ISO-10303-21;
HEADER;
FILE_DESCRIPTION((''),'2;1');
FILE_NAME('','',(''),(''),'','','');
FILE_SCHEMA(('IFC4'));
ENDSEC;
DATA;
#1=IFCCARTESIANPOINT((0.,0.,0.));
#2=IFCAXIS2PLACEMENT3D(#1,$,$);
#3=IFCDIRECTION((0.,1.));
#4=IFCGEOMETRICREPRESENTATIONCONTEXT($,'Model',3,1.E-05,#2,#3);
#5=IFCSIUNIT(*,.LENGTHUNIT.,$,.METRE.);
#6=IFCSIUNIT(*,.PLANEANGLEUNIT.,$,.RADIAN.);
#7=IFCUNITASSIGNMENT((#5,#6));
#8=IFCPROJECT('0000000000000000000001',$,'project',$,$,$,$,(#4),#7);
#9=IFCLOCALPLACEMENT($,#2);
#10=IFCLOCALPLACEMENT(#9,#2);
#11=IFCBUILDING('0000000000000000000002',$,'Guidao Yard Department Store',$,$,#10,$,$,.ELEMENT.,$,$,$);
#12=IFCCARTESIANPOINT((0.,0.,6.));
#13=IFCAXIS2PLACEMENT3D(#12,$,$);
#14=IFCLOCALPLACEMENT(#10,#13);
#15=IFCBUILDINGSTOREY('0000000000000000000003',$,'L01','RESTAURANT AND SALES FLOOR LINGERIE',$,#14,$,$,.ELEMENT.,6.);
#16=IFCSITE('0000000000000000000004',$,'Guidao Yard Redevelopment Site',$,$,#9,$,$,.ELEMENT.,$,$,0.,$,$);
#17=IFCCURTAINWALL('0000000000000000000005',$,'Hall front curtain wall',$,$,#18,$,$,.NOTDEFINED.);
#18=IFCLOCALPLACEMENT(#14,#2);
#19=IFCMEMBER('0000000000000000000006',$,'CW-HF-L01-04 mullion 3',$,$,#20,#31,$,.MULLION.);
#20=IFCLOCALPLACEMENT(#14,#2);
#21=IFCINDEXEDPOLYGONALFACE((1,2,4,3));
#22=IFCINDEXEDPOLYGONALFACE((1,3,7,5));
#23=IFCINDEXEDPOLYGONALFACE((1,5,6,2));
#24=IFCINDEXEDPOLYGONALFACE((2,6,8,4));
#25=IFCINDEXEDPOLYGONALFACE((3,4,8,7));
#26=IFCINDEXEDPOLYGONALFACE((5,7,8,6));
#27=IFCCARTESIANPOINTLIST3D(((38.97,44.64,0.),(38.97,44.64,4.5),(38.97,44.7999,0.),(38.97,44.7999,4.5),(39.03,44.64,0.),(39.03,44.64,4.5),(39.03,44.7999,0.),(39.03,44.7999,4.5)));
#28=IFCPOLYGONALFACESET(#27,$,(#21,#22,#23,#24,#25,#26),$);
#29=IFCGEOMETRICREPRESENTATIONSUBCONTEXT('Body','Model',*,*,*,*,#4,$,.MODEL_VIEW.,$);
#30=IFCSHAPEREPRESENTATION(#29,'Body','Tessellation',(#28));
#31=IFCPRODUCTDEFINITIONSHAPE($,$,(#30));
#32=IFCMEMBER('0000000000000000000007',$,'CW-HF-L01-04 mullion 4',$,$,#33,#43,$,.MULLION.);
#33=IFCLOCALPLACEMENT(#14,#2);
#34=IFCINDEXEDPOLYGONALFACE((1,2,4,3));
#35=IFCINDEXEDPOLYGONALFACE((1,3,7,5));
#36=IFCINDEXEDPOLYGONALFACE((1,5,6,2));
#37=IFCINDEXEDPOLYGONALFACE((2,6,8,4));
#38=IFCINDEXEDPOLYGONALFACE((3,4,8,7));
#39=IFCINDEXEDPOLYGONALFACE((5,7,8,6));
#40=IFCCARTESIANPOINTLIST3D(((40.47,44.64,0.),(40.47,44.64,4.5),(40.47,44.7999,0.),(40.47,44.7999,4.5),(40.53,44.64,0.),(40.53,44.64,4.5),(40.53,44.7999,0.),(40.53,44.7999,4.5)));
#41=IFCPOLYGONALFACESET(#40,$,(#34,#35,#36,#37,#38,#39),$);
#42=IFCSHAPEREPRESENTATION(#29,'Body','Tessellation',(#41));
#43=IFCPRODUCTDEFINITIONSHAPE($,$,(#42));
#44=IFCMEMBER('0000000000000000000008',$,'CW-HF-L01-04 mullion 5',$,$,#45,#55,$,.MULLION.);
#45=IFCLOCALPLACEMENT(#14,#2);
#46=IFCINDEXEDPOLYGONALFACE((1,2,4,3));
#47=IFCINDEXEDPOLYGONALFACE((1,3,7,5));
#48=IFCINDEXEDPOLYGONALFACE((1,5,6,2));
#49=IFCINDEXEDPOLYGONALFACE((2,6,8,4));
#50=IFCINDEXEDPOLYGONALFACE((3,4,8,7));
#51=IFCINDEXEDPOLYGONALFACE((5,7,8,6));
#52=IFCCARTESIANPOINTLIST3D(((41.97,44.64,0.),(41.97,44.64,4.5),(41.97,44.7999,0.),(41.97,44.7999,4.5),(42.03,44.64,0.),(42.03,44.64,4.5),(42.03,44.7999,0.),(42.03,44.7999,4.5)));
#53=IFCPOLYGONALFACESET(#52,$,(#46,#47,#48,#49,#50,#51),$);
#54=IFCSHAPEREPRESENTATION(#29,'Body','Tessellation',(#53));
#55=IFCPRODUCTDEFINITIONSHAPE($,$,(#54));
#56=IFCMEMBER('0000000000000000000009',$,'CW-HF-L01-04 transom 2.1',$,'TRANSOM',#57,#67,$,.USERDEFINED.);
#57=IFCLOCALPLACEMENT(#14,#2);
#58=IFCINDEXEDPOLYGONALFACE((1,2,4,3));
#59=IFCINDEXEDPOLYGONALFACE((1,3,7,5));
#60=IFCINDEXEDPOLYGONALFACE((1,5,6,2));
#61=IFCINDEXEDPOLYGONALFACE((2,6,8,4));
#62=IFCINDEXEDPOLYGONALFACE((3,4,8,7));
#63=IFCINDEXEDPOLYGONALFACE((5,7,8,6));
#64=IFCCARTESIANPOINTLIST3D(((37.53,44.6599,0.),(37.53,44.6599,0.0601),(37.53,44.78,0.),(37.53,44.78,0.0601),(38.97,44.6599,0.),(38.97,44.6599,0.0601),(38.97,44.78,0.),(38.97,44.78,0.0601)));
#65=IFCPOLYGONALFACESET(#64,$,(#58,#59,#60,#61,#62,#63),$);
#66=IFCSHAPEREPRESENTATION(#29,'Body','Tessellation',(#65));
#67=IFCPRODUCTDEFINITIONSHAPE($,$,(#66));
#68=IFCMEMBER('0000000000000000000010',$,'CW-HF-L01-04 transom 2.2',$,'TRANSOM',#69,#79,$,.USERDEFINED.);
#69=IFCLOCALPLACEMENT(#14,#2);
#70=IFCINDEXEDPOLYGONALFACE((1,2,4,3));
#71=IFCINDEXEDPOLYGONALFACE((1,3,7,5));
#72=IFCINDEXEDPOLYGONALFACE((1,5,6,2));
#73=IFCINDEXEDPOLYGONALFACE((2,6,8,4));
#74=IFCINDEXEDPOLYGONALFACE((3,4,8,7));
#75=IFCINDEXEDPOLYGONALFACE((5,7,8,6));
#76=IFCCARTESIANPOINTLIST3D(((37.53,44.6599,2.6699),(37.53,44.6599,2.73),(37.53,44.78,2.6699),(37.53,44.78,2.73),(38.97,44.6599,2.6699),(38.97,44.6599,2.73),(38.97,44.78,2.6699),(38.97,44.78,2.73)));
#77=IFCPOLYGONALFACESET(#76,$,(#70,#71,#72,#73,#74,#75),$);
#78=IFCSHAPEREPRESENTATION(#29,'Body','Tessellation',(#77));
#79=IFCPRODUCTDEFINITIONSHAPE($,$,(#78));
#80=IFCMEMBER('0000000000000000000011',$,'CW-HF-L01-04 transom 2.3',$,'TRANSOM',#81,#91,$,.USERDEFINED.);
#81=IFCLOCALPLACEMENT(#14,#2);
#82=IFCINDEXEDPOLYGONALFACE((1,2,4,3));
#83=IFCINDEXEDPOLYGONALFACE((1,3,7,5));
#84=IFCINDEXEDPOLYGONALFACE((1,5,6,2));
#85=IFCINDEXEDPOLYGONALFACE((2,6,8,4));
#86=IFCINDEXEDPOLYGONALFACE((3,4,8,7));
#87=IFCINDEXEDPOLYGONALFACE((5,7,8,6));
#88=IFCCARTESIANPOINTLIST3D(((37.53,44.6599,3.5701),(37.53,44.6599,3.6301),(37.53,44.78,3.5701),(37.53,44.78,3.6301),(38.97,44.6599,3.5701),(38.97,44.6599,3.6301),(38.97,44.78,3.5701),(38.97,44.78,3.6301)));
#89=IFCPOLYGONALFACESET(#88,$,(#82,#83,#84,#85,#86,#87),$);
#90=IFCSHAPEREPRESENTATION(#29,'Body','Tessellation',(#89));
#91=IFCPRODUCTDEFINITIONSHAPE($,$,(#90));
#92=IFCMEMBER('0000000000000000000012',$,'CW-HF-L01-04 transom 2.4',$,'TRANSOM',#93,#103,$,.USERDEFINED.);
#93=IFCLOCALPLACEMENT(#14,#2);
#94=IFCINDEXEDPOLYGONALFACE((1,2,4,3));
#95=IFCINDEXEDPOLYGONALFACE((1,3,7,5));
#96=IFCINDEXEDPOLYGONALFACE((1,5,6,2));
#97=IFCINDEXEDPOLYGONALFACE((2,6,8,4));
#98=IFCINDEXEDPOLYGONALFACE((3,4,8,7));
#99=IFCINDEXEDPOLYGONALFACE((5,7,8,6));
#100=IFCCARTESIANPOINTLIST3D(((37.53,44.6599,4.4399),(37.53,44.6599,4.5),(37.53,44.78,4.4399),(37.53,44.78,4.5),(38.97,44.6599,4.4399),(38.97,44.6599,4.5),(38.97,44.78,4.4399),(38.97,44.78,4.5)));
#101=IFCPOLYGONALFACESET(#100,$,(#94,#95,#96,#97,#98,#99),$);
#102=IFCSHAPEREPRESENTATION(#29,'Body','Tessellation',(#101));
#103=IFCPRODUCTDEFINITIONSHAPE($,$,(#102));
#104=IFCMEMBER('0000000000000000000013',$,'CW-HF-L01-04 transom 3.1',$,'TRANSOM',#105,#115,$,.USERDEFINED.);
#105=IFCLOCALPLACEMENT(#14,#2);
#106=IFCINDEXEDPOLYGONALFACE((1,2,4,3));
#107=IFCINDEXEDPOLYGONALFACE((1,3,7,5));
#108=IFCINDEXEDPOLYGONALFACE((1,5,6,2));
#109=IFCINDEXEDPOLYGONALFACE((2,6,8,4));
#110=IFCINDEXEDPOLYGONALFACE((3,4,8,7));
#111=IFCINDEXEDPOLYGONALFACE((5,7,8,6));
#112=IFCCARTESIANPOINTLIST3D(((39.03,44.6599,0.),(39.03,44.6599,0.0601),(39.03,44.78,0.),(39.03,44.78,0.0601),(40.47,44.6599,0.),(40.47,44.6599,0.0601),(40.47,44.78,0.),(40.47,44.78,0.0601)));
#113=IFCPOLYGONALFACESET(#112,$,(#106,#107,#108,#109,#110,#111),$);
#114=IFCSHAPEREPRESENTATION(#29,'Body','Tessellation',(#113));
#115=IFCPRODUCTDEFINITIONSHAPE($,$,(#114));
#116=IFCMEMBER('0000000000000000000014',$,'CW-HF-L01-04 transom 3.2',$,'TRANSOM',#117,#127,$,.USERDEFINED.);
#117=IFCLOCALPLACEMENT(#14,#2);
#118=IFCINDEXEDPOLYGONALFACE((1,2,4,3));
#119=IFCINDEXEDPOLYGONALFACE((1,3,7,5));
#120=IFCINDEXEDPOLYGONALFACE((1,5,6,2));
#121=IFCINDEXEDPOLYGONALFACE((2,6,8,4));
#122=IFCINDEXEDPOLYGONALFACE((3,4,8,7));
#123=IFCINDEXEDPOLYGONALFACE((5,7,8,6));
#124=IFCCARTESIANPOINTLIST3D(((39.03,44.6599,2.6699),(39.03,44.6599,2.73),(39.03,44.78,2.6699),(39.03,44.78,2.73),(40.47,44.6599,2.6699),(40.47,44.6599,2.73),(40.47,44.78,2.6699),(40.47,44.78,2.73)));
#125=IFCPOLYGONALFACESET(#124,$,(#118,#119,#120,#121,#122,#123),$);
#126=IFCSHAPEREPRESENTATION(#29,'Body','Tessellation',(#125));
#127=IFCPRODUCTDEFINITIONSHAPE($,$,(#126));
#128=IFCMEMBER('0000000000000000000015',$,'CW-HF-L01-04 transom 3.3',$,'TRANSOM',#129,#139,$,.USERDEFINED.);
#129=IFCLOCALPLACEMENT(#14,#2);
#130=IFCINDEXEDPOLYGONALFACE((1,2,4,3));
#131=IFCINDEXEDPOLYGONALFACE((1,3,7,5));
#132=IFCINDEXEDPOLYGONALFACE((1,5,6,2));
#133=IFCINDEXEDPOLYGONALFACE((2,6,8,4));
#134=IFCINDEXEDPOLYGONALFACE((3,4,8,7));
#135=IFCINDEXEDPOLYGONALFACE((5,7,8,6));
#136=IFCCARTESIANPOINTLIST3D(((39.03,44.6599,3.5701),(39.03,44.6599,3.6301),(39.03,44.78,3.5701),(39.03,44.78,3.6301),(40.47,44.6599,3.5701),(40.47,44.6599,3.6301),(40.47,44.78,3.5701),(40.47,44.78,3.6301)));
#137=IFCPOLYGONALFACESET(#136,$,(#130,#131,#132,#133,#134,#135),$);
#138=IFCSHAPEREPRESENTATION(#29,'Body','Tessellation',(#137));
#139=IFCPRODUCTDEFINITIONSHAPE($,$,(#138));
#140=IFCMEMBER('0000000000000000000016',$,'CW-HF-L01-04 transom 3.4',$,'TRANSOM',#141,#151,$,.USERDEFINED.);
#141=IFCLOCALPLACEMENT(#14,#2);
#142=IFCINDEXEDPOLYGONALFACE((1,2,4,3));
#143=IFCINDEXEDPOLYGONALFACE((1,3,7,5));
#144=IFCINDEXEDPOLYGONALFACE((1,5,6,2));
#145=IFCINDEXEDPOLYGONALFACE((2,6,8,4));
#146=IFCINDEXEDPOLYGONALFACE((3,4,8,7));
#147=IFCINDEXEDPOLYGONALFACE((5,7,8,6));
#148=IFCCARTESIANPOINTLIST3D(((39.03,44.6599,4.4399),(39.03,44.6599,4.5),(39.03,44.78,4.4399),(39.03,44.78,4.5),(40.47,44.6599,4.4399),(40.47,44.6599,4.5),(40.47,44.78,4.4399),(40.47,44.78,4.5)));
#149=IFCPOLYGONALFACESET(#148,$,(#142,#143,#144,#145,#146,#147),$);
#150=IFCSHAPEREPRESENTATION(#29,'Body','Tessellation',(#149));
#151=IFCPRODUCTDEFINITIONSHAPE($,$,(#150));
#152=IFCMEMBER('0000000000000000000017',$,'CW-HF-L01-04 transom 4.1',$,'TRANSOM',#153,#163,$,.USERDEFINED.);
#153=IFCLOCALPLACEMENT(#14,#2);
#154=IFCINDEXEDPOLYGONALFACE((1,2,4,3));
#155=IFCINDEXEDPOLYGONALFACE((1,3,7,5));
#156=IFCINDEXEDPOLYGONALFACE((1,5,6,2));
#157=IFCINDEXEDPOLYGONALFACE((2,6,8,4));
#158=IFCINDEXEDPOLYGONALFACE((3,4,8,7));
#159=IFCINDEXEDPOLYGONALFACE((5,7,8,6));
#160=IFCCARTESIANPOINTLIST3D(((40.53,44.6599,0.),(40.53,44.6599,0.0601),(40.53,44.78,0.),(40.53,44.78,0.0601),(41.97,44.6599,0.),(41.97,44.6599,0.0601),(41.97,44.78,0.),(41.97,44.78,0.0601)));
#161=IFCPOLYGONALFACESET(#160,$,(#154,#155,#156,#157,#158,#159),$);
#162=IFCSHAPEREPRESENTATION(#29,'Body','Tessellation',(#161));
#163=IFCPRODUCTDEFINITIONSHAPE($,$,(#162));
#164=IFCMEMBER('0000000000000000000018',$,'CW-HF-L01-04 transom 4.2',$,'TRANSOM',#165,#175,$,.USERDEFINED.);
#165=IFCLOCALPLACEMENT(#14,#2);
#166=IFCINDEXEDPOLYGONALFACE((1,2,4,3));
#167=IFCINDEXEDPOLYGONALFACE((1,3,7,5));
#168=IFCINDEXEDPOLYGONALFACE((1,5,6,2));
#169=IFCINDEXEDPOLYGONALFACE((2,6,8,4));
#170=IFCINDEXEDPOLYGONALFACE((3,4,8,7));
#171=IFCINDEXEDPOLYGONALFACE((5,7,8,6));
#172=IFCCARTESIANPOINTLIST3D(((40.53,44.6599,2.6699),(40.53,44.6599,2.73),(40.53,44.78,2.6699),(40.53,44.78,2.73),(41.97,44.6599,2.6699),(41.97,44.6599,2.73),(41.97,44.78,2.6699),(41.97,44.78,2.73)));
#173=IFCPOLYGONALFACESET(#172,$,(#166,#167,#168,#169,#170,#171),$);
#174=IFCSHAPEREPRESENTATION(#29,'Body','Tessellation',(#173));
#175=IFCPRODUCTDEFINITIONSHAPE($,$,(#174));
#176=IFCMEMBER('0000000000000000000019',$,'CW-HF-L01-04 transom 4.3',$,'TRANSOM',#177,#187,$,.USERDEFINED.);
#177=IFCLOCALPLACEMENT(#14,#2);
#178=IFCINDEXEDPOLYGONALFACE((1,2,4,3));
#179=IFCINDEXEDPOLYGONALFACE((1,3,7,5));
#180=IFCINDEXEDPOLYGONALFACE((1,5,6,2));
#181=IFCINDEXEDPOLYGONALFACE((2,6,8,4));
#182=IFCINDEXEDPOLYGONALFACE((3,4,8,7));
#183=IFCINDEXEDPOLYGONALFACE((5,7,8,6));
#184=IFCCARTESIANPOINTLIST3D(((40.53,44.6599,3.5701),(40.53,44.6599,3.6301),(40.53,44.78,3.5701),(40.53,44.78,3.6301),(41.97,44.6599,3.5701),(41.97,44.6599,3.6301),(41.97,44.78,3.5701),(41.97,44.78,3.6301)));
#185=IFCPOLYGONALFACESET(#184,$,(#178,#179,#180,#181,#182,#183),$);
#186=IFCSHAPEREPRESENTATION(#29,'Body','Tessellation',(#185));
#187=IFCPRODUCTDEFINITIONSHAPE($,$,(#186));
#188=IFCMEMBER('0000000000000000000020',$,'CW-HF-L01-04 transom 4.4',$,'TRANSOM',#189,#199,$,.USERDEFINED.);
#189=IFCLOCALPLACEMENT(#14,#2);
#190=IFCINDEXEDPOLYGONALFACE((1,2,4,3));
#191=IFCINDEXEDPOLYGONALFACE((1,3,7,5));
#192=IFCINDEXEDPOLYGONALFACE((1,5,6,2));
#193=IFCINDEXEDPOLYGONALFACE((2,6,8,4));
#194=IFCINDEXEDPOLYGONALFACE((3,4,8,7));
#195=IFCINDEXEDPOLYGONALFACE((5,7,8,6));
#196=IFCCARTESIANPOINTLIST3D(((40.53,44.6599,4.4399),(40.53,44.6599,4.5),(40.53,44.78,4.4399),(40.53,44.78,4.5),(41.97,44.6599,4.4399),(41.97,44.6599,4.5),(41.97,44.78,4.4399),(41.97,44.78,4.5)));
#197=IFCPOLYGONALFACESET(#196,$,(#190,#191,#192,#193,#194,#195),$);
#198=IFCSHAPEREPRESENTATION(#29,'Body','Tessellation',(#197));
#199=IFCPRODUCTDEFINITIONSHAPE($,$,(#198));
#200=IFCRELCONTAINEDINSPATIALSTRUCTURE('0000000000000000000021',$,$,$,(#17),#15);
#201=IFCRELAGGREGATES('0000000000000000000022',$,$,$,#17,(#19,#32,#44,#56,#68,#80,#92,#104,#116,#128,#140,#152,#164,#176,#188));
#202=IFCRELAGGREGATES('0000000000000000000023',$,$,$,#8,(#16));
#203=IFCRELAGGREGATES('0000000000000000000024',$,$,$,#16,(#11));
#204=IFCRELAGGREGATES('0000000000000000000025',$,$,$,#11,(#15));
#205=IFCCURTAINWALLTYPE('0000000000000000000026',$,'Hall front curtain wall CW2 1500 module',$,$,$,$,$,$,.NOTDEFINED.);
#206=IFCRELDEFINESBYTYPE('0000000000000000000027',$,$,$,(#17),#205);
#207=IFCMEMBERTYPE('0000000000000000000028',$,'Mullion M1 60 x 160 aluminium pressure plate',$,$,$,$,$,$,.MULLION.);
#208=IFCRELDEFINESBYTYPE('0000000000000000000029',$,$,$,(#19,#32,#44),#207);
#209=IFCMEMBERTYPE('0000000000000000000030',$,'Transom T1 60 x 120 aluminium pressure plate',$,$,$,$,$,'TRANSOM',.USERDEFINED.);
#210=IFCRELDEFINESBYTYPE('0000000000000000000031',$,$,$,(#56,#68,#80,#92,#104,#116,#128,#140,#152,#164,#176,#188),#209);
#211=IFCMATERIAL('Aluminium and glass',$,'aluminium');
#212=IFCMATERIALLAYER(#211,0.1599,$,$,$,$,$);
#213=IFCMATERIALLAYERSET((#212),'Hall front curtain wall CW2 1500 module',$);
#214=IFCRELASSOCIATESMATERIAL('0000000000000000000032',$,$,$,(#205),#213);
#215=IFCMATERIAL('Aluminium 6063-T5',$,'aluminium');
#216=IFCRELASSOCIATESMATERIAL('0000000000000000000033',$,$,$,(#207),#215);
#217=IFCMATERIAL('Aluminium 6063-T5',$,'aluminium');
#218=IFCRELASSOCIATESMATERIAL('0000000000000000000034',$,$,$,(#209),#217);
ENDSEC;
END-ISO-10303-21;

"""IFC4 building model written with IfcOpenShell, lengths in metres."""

from ifc_helpers import new_model, si_unit, direction, frame, origin, origin_2d, place, context, subcontext, project, spatial, rectangle, extrude, material, layer, layer_set, material_profile, profile_set, type_object, element, aggregate, save


model = new_model("IFC4")

# Units and contexts
model_context = context("Model", 3, precision=1e-05, world=origin(), true_north=direction((0.0, 1.0)))
body_context = subcontext(model_context, "Body", "Model", "MODEL_VIEW")
ifc_project = project(units=[si_unit("LENGTHUNIT", "METRE"), si_unit("PLANEANGLEUNIT", "RADIAN")], contexts=[model_context])

# Site, building, storey
site_placement = place(None, origin())
site = spatial("IfcSite", under=ifc_project, at=site_placement, Name="Guidao Yard Redevelopment Site", CompositionType="ELEMENT", RefElevation=0.0)
building_placement = place(site_placement, origin())
building = spatial("IfcBuilding", under=site, at=building_placement, Name="Guidao Yard Department Store", CompositionType="ELEMENT")
storey_placement = place(building_placement, frame((0.0, 0.0, 6.0)))
storey = spatial("IfcBuildingStorey", under=building, at=storey_placement, Name="L01", Description="RESTAURANT AND SALES FLOOR LINGERIE", CompositionType="ELEMENT", Elevation=6.0)

# Curtain wall, members
ifc_material_1 = material(Name="Aluminium and glass", Category="aluminium")
ifc_layer_1 = layer(ifc_material_1, 0.1599)
ifc_layer_set_1 = layer_set([ifc_layer_1], Name="Hall front curtain wall CW2 1500 module")
curtain_wall_type = type_object("IfcCurtainWallType", Name="Hall front curtain wall CW2 1500 module", PredefinedType="NOTDEFINED", material=ifc_layer_set_1)
curtain_wall_placement = place(storey_placement, origin())
curtain_wall = element("IfcCurtainWall", 1, at=curtain_wall_placement, inside=storey, type_object=curtain_wall_type, Name="Hall front curtain wall", PredefinedType="NOTDEFINED")
ifc_material_2 = material(Name="Aluminium 6063-T5", Category="aluminium")
ifc_material_profile_1 = material_profile(ifc_material_2, rectangle(XDim=0.0601, YDim=0.1599, at=origin_2d()), Name="Mullion M1 60 x 160 aluminium pressure plate")
ifc_profile_set_1 = profile_set([ifc_material_profile_1], Name="Aluminium 6063-T5")
member_type_1 = type_object("IfcMemberType", Name="Mullion M1 60 x 160 aluminium pressure plate", PredefinedType="MULLION", material=ifc_profile_set_1)
member_1_placement = place(storey_placement, frame((39.0, 44.72, 0.0), z_axis=(0.0, 0.0, 1.0), x_axis=(-1.0, 0.0, 0.0)))
member_1 = element("IfcMember", 2, at=member_1_placement, type_object=member_type_1, Name="CW-HF-L01-04 mullion 3", PredefinedType="MULLION", context=body_context, shape_type="SweptSolid", body=[
    extrude(rectangle(XDim=0.0601, YDim=0.1599, at=origin_2d()), origin(), (0.0, 0.0, 1.0), 4.5),
])
member_2_placement = place(storey_placement, frame((40.5, 44.72, 0.0), z_axis=(0.0, 0.0, 1.0), x_axis=(-1.0, 0.0, 0.0)))
member_2 = element("IfcMember", 3, at=member_2_placement, type_object=member_type_1, Name="CW-HF-L01-04 mullion 4", PredefinedType="MULLION", context=body_context, shape_type="SweptSolid", body=[
    extrude(rectangle(XDim=0.0601, YDim=0.1599, at=origin_2d()), origin(), (0.0, 0.0, 1.0), 4.5),
])
member_3_placement = place(storey_placement, frame((42.0, 44.72, 0.0), z_axis=(0.0, 0.0, 1.0), x_axis=(-1.0, 0.0, 0.0)))
member_3 = element("IfcMember", 4, at=member_3_placement, type_object=member_type_1, Name="CW-HF-L01-04 mullion 5", PredefinedType="MULLION", context=body_context, shape_type="SweptSolid", body=[
    extrude(rectangle(XDim=0.0601, YDim=0.1599, at=origin_2d()), origin(), (0.0, 0.0, 1.0), 4.5),
])
ifc_material_3 = material(Name="Aluminium 6063-T5", Category="aluminium")
ifc_material_profile_2 = material_profile(ifc_material_3, rectangle(XDim=0.1201, YDim=0.0601, at=origin_2d()), Name="Transom T1 60 x 120 aluminium pressure plate")
ifc_profile_set_2 = profile_set([ifc_material_profile_2], Name="Aluminium 6063-T5")
member_type_2 = type_object("IfcMemberType", Name="Transom T1 60 x 120 aluminium pressure plate", ElementType="TRANSOM", PredefinedType="USERDEFINED", material=ifc_profile_set_2)
member_4_placement = place(storey_placement, frame((38.97, 44.72, 0.03), z_axis=(-1.0, 0.0, 0.0), x_axis=(0.0, -1.0, 0.0)))
member_4 = element("IfcMember", 5, at=member_4_placement, type_object=member_type_2, Name="CW-HF-L01-04 transom 2.1", ObjectType="TRANSOM", PredefinedType="USERDEFINED", context=body_context, shape_type="SweptSolid", body=[
    extrude(rectangle(XDim=0.1201, YDim=0.0601, at=origin_2d()), origin(), (0.0, 0.0, 1.0), 1.4399),
])
member_5_placement = place(storey_placement, frame((38.97, 44.72, 2.7), z_axis=(-1.0, 0.0, 0.0), x_axis=(0.0, -1.0, 0.0)))
member_5 = element("IfcMember", 6, at=member_5_placement, type_object=member_type_2, Name="CW-HF-L01-04 transom 2.2", ObjectType="TRANSOM", PredefinedType="USERDEFINED", context=body_context, shape_type="SweptSolid", body=[
    extrude(rectangle(XDim=0.1201, YDim=0.0601, at=origin_2d()), origin(), (0.0, 0.0, 1.0), 1.4399),
])
member_6_placement = place(storey_placement, frame((38.97, 44.72, 3.6001), z_axis=(-1.0, 0.0, 0.0), x_axis=(0.0, -1.0, 0.0)))
member_6 = element("IfcMember", 7, at=member_6_placement, type_object=member_type_2, Name="CW-HF-L01-04 transom 2.3", ObjectType="TRANSOM", PredefinedType="USERDEFINED", context=body_context, shape_type="SweptSolid", body=[
    extrude(rectangle(XDim=0.1201, YDim=0.0601, at=origin_2d()), origin(), (0.0, 0.0, 1.0), 1.4399),
])
member_7_placement = place(storey_placement, frame((38.97, 44.72, 4.47), z_axis=(-1.0, 0.0, 0.0), x_axis=(0.0, -1.0, 0.0)))
member_7 = element("IfcMember", 8, at=member_7_placement, type_object=member_type_2, Name="CW-HF-L01-04 transom 2.4", ObjectType="TRANSOM", PredefinedType="USERDEFINED", context=body_context, shape_type="SweptSolid", body=[
    extrude(rectangle(XDim=0.1201, YDim=0.0601, at=origin_2d()), origin(), (0.0, 0.0, 1.0), 1.4399),
])
member_8_placement = place(storey_placement, frame((40.47, 44.72, 0.03), z_axis=(-1.0, 0.0, 0.0), x_axis=(0.0, -1.0, 0.0)))
member_8 = element("IfcMember", 9, at=member_8_placement, type_object=member_type_2, Name="CW-HF-L01-04 transom 3.1", ObjectType="TRANSOM", PredefinedType="USERDEFINED", context=body_context, shape_type="SweptSolid", body=[
    extrude(rectangle(XDim=0.1201, YDim=0.0601, at=origin_2d()), origin(), (0.0, 0.0, 1.0), 1.4399),
])
member_9_placement = place(storey_placement, frame((40.47, 44.72, 2.7), z_axis=(-1.0, 0.0, 0.0), x_axis=(0.0, -1.0, 0.0)))
member_9 = element("IfcMember", 10, at=member_9_placement, type_object=member_type_2, Name="CW-HF-L01-04 transom 3.2", ObjectType="TRANSOM", PredefinedType="USERDEFINED", context=body_context, shape_type="SweptSolid", body=[
    extrude(rectangle(XDim=0.1201, YDim=0.0601, at=origin_2d()), origin(), (0.0, 0.0, 1.0), 1.4399),
])
member_10_placement = place(storey_placement, frame((40.47, 44.72, 3.6001), z_axis=(-1.0, 0.0, 0.0), x_axis=(0.0, -1.0, 0.0)))
member_10 = element("IfcMember", 11, at=member_10_placement, type_object=member_type_2, Name="CW-HF-L01-04 transom 3.3", ObjectType="TRANSOM", PredefinedType="USERDEFINED", context=body_context, shape_type="SweptSolid", body=[
    extrude(rectangle(XDim=0.1201, YDim=0.0601, at=origin_2d()), origin(), (0.0, 0.0, 1.0), 1.4399),
])
member_11_placement = place(storey_placement, frame((40.47, 44.72, 4.47), z_axis=(-1.0, 0.0, 0.0), x_axis=(0.0, -1.0, 0.0)))
member_11 = element("IfcMember", 12, at=member_11_placement, type_object=member_type_2, Name="CW-HF-L01-04 transom 3.4", ObjectType="TRANSOM", PredefinedType="USERDEFINED", context=body_context, shape_type="SweptSolid", body=[
    extrude(rectangle(XDim=0.1201, YDim=0.0601, at=origin_2d()), origin(), (0.0, 0.0, 1.0), 1.4399),
])
member_12_placement = place(storey_placement, frame((41.97, 44.72, 0.03), z_axis=(-1.0, 0.0, 0.0), x_axis=(0.0, -1.0, 0.0)))
member_12 = element("IfcMember", 13, at=member_12_placement, type_object=member_type_2, Name="CW-HF-L01-04 transom 4.1", ObjectType="TRANSOM", PredefinedType="USERDEFINED", context=body_context, shape_type="SweptSolid", body=[
    extrude(rectangle(XDim=0.1201, YDim=0.0601, at=origin_2d()), origin(), (0.0, 0.0, 1.0), 1.4399),
])
member_13_placement = place(storey_placement, frame((41.97, 44.72, 2.7), z_axis=(-1.0, 0.0, 0.0), x_axis=(0.0, -1.0, 0.0)))
member_13 = element("IfcMember", 14, at=member_13_placement, type_object=member_type_2, Name="CW-HF-L01-04 transom 4.2", ObjectType="TRANSOM", PredefinedType="USERDEFINED", context=body_context, shape_type="SweptSolid", body=[
    extrude(rectangle(XDim=0.1201, YDim=0.0601, at=origin_2d()), origin(), (0.0, 0.0, 1.0), 1.4399),
])
member_14_placement = place(storey_placement, frame((41.97, 44.72, 3.6001), z_axis=(-1.0, 0.0, 0.0), x_axis=(0.0, -1.0, 0.0)))
member_14 = element("IfcMember", 15, at=member_14_placement, type_object=member_type_2, Name="CW-HF-L01-04 transom 4.3", ObjectType="TRANSOM", PredefinedType="USERDEFINED", context=body_context, shape_type="SweptSolid", body=[
    extrude(rectangle(XDim=0.1201, YDim=0.0601, at=origin_2d()), origin(), (0.0, 0.0, 1.0), 1.4399),
])
member_15_placement = place(storey_placement, frame((41.97, 44.72, 4.47), z_axis=(-1.0, 0.0, 0.0), x_axis=(0.0, -1.0, 0.0)))
member_15 = element("IfcMember", 16, at=member_15_placement, type_object=member_type_2, Name="CW-HF-L01-04 transom 4.4", ObjectType="TRANSOM", PredefinedType="USERDEFINED", context=body_context, shape_type="SweptSolid", body=[
    extrude(rectangle(XDim=0.1201, YDim=0.0601, at=origin_2d()), origin(), (0.0, 0.0, 1.0), 1.4399),
])
aggregate(curtain_wall, [member_1, member_2, member_3, member_4, member_5, member_6, member_7, member_8, member_9, member_10, member_11, member_12, member_13, member_14, member_15])

save(model, "model.ifc")
